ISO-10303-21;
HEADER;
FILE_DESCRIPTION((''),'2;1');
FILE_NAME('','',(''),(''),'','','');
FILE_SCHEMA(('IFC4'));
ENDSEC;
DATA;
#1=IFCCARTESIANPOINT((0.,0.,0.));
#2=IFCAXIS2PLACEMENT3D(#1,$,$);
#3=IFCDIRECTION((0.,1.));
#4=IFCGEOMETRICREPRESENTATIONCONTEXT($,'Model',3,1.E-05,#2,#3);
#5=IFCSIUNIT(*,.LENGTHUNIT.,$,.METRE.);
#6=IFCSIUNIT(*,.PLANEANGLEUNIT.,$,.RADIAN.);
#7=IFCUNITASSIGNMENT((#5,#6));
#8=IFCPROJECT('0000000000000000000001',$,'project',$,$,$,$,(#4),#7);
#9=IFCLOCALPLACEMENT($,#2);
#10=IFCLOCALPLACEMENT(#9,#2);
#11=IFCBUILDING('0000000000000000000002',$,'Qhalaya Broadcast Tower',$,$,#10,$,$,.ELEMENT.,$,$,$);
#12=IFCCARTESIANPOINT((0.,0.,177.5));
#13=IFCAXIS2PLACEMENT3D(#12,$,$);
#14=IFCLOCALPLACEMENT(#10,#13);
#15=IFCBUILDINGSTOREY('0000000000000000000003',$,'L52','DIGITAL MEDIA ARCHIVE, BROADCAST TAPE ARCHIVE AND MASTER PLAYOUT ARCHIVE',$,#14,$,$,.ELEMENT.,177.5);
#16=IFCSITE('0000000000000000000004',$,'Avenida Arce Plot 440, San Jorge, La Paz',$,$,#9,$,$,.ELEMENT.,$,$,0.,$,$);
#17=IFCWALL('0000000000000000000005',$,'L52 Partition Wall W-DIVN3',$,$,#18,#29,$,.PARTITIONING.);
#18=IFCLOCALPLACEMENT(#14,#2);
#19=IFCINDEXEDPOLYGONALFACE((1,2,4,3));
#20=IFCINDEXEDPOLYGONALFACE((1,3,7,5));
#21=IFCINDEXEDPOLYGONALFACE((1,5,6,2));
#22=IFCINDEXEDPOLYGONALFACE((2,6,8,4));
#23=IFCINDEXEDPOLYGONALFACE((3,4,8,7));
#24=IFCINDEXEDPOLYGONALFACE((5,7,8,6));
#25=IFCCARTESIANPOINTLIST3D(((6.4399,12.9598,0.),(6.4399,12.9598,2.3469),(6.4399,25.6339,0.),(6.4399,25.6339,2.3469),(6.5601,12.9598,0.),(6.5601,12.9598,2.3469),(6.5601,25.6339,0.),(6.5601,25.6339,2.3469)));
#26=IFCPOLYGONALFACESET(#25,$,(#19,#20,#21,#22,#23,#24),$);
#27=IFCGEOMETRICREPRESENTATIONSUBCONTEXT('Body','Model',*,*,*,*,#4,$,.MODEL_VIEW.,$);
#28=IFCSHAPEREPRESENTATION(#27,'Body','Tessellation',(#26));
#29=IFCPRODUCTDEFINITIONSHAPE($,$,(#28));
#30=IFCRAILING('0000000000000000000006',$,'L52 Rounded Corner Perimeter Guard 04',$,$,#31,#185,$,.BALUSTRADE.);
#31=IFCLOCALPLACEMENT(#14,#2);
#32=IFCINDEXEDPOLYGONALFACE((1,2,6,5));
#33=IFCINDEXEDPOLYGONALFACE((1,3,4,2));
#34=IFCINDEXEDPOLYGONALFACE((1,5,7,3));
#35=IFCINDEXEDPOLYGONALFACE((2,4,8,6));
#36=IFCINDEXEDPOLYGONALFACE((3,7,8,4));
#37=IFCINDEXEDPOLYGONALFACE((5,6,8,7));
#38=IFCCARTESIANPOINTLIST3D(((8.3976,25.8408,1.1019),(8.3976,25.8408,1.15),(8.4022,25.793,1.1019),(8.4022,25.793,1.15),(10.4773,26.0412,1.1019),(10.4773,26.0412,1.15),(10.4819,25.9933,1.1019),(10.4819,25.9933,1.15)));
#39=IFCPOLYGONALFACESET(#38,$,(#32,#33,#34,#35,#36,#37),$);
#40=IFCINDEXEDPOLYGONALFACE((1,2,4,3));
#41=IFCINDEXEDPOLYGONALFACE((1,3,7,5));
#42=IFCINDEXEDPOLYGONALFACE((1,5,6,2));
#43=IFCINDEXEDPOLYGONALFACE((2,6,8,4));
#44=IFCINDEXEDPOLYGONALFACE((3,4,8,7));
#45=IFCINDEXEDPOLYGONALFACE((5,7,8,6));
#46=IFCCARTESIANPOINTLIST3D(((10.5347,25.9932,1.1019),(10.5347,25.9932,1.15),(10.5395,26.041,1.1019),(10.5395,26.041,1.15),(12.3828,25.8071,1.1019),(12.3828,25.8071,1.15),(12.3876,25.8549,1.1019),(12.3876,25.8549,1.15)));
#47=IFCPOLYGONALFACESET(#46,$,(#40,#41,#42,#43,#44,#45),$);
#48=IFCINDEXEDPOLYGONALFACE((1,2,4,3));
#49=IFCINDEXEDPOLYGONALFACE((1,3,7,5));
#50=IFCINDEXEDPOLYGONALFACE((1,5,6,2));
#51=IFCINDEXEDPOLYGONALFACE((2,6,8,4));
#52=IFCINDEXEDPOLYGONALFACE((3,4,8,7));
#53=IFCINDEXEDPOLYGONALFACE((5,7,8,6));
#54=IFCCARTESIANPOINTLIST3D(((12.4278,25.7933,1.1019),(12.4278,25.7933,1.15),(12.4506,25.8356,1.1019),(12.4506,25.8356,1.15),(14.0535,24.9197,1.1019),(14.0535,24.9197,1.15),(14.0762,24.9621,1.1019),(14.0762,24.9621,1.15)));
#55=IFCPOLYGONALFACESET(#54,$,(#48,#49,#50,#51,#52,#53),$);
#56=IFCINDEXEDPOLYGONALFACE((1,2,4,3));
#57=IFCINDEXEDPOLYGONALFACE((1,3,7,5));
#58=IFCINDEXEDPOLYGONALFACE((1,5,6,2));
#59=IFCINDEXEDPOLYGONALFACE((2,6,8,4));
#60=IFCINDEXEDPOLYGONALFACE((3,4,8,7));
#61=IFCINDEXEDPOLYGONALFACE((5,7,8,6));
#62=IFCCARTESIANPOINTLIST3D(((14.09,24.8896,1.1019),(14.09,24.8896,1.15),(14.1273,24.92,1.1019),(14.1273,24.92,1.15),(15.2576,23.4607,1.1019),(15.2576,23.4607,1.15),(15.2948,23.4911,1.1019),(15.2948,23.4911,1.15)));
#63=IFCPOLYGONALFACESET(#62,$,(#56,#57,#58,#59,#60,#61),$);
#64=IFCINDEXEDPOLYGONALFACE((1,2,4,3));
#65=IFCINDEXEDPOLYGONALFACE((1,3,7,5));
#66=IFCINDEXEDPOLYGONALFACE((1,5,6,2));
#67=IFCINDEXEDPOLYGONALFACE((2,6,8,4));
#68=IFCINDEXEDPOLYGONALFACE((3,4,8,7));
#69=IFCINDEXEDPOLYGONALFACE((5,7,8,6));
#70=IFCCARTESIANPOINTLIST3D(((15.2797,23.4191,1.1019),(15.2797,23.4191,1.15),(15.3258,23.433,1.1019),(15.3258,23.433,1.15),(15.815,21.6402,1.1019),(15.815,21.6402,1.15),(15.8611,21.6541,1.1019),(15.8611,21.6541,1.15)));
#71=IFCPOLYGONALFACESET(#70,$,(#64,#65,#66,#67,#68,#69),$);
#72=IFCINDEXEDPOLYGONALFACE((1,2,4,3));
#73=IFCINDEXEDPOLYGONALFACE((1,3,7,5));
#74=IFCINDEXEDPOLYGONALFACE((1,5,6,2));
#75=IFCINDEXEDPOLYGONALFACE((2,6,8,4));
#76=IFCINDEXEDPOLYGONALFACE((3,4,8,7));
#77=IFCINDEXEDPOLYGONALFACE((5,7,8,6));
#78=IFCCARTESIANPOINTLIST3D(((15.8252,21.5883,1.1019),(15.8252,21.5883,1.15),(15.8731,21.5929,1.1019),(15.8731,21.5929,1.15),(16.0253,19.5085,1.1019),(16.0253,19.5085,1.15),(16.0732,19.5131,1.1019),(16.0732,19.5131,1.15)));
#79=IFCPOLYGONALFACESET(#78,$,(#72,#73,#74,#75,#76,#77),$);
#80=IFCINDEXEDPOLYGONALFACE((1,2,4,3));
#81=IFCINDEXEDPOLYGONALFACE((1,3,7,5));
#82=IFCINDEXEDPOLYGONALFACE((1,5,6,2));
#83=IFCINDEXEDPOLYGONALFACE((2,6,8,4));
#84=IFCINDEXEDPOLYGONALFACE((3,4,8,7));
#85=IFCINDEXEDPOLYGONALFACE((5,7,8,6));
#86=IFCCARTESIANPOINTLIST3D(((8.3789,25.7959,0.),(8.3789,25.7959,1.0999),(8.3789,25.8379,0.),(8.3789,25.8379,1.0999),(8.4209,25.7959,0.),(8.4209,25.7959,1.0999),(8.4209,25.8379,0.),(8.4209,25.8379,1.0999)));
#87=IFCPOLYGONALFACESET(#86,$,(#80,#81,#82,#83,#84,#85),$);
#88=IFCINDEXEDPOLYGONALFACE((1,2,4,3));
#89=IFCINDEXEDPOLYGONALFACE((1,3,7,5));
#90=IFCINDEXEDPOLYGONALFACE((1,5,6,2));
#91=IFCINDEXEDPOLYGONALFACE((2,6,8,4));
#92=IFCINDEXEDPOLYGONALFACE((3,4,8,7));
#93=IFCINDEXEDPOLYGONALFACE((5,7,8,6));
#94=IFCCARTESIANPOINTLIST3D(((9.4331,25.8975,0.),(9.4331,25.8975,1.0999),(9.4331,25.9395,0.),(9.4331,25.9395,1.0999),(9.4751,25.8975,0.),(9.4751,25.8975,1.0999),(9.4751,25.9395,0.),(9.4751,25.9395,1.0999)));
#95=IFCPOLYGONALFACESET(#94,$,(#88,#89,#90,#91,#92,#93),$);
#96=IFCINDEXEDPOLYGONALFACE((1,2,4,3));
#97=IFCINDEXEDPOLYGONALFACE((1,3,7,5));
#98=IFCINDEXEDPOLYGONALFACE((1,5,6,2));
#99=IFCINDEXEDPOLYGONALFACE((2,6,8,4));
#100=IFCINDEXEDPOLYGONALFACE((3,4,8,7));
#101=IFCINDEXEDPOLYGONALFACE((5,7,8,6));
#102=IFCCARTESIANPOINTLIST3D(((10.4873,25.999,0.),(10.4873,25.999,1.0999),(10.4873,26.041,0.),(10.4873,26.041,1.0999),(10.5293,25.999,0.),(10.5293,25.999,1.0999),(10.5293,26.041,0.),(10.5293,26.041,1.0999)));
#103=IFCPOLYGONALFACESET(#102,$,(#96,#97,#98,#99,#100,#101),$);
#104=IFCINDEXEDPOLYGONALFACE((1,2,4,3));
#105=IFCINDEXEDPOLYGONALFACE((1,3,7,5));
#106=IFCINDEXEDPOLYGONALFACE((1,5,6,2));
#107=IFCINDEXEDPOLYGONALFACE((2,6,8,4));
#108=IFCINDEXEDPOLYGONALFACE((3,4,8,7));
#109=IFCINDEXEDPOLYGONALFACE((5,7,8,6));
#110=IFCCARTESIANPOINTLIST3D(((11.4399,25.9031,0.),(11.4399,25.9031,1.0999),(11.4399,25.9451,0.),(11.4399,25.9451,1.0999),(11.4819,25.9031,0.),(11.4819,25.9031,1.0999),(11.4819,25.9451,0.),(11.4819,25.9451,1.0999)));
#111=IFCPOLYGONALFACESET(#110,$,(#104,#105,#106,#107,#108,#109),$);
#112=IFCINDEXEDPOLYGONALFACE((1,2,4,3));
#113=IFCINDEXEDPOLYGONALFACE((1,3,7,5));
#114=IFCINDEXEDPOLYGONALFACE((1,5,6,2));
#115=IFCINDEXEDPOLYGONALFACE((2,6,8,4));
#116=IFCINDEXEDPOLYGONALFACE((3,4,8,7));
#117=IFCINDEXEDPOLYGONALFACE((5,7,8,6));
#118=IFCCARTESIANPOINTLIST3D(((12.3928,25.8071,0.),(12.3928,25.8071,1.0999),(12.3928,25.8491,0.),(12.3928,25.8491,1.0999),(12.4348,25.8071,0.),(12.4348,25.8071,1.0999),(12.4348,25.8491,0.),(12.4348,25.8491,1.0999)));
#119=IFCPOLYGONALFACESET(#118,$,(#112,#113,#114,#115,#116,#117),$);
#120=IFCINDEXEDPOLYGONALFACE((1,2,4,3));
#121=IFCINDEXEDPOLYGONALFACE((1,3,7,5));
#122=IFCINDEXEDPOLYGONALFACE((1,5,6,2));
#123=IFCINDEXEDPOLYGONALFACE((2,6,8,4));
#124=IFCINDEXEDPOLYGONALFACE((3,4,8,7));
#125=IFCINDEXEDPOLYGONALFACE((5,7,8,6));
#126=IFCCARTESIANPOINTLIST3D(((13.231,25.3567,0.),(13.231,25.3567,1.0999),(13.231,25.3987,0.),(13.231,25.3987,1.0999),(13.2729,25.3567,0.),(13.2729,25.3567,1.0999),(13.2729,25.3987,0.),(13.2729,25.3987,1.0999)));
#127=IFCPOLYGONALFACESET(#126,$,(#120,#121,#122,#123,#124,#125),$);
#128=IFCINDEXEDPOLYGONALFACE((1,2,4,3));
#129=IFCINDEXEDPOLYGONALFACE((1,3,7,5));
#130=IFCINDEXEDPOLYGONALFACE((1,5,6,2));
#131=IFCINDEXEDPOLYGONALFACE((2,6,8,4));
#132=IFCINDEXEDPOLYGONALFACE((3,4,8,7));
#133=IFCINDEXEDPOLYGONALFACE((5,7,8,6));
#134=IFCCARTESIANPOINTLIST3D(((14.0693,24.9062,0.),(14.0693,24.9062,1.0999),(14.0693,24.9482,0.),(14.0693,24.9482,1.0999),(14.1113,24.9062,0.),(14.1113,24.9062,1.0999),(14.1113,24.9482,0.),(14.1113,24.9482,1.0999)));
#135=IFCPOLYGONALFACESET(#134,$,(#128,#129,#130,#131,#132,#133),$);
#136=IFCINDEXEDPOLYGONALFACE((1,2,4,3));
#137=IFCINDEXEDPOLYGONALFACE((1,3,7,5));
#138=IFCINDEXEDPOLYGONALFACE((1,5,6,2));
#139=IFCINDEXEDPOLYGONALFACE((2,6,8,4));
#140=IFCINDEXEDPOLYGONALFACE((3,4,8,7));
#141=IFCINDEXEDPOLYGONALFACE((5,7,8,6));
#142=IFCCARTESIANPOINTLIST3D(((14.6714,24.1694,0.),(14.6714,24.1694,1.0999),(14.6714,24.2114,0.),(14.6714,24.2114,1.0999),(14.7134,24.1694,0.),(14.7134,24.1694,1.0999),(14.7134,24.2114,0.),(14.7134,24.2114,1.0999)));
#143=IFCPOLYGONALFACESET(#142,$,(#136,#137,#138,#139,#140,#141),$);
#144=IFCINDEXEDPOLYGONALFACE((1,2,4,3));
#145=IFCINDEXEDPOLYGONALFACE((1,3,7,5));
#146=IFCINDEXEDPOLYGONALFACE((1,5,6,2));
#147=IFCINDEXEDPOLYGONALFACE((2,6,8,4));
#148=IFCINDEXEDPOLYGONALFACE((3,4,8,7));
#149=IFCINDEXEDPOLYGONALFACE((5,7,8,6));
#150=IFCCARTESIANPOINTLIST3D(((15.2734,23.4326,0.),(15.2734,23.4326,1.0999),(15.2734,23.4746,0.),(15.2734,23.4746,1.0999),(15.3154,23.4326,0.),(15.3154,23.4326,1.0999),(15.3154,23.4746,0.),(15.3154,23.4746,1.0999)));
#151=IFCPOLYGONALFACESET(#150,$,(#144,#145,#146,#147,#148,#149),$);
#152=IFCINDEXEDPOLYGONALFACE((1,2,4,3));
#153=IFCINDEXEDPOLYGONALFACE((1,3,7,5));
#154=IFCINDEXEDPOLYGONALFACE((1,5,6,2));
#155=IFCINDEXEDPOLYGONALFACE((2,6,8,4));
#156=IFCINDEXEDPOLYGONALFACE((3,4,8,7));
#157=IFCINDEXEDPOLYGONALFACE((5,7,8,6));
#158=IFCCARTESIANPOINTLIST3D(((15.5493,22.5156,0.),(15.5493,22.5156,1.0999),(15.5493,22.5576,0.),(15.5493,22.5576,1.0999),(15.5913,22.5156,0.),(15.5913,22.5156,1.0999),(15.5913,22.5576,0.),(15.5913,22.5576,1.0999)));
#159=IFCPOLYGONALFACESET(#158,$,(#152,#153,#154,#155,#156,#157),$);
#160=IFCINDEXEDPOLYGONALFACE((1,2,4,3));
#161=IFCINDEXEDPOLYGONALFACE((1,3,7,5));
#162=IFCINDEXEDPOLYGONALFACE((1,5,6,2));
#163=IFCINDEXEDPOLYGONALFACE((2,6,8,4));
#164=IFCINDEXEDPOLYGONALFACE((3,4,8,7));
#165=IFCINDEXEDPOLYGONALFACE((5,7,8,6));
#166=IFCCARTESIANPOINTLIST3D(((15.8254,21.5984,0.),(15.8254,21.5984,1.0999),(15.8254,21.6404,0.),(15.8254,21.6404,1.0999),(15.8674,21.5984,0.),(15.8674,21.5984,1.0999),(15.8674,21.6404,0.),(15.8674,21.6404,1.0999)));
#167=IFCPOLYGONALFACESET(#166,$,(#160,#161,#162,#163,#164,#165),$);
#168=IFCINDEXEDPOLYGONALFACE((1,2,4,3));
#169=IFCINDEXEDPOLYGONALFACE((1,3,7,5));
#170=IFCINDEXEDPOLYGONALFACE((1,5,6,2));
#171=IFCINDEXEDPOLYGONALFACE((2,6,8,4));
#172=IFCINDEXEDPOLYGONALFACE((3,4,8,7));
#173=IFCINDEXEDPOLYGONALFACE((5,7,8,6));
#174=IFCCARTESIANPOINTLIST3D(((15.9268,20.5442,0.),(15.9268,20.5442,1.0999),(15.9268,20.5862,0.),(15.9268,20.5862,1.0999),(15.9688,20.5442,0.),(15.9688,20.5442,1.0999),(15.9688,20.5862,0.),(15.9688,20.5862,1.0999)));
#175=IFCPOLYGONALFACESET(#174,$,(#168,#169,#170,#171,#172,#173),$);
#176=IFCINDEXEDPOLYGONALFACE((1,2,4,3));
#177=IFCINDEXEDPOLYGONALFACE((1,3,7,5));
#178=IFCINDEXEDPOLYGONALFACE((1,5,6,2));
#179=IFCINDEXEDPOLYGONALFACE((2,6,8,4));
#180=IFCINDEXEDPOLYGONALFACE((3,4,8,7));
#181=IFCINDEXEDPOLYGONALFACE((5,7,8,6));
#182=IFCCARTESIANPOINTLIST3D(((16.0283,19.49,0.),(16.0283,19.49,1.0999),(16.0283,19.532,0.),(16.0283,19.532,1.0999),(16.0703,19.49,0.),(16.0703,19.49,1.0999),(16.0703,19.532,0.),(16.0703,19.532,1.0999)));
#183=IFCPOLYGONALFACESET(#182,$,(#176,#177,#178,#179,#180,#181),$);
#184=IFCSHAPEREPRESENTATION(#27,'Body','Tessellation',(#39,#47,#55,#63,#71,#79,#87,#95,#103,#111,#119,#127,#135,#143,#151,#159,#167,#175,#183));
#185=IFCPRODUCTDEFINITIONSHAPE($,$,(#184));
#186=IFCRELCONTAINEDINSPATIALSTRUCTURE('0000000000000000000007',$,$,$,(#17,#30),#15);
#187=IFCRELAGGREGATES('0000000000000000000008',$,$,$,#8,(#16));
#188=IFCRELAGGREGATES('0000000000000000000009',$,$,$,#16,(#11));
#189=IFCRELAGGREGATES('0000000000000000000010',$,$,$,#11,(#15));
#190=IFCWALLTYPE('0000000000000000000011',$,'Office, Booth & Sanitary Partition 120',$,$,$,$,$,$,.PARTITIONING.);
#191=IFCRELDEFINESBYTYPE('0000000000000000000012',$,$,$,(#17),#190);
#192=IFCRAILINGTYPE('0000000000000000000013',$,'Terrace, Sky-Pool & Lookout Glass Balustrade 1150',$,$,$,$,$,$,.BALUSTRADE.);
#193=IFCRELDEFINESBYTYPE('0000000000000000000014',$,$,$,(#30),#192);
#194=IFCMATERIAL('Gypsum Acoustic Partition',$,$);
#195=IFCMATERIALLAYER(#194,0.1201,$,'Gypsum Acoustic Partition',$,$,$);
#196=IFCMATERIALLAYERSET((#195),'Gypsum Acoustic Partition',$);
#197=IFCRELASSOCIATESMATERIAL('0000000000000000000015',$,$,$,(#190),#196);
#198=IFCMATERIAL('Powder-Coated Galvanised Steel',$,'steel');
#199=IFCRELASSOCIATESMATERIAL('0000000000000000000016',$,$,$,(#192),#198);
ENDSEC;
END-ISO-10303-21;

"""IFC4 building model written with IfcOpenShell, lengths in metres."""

from ifc_helpers import new_model, si_unit, direction, frame, frame_2d, origin, origin_2d, place, context, subcontext, project, spatial, rectangle, extrude, material, layer, layer_set, type_object, element, save


model = new_model("IFC4")

# Units and contexts
model_context = context("Model", 3, precision=1e-05, world=origin(), true_north=direction((0.0, 1.0)))
body_context = subcontext(model_context, "Body", "Model", "MODEL_VIEW")
ifc_project = project(units=[si_unit("LENGTHUNIT", "METRE"), si_unit("PLANEANGLEUNIT", "RADIAN")], contexts=[model_context])

# Site, building, storey
site_placement = place(None, origin())
site = spatial("IfcSite", under=ifc_project, at=site_placement, Name="Avenida Arce Plot 440, San Jorge, La Paz", CompositionType="ELEMENT", RefElevation=0.0)
building_placement = place(site_placement, origin())
building = spatial("IfcBuilding", under=site, at=building_placement, Name="Qhalaya Broadcast Tower", CompositionType="ELEMENT")
storey_placement = place(building_placement, frame((0.0, 0.0, 177.5)))
storey = spatial("IfcBuildingStorey", under=building, at=storey_placement, Name="L52", Description="DIGITAL MEDIA ARCHIVE, BROADCAST TAPE ARCHIVE AND MASTER PLAYOUT ARCHIVE", CompositionType="ELEMENT", Elevation=177.5)

# Shared definitions
ifc_material_1 = material(Name="Gypsum Acoustic Partition")

# Wall
ifc_layer_1 = layer(ifc_material_1, 0.1201, Name="Gypsum Acoustic Partition")
ifc_layer_set_1 = layer_set([ifc_layer_1], Name="Gypsum Acoustic Partition")
wall_type_1 = type_object("IfcWallType", Name="Office, Booth & Sanitary Partition 120", PredefinedType="PARTITIONING", material=ifc_layer_set_1)
wall_1_placement = place(storey_placement, frame((6.5, 12.96, 0.0), z_axis=(0.0, 0.0, 1.0), x_axis=(0.0, 1.0, 0.0)))
element("IfcWall", 1, at=wall_1_placement, inside=storey, type_object=wall_type_1, Name="L52 Partition Wall W-DIVN3", PredefinedType="PARTITIONING", context=body_context, shape_type="SweptSolid", body=[
    extrude(rectangle(XDim=12.6741, YDim=0.1201, at=frame_2d((6.3369, 0.0))), origin(), (0.0, 0.0, 1.0), 2.3469),
])

# Railing
ifc_material_2 = material(Name="Powder-Coated Galvanised Steel", Category="steel")
railing_type = type_object("IfcRailingType", Name="Terrace, Sky-Pool & Lookout Glass Balustrade 1150", PredefinedType="BALUSTRADE", material=ifc_material_2)
railing_placement = place(storey_placement, frame((8.3999, 25.8169, 0.0)))
element("IfcRailing", 2, at=railing_placement, inside=storey, type_object=railing_type, Name="L52 Rounded Corner Perimeter Guard 04", PredefinedType="BALUSTRADE", context=body_context, shape_type="SweptSolid", body=[
    extrude(rectangle(XDim=0.0481, YDim=0.0481, at=origin_2d()), frame((0.0, 0.0, 1.126), z_axis=(0.995391, 0.095897, 0.0), x_axis=(-0.095897, 0.995391, 0.0)), (0.0, 0.0, 1.0), 2.0894),
    extrude(rectangle(XDim=0.0481, YDim=0.0481, at=origin_2d()), frame((2.1372, 0.2002, 1.126), z_axis=(0.994968, -0.100198, 0.0), x_axis=(0.100198, 0.994968, 0.0)), (0.0, 0.0, 1.0), 1.8574),
    extrude(rectangle(XDim=0.0481, YDim=0.0481, at=origin_2d()), frame((4.0393, -0.0024, 1.126), z_axis=(0.880879, -0.473342, 0.0), x_axis=(0.473342, 0.880879, 0.0)), (0.0, 0.0, 1.0), 1.8455),
    extrude(rectangle(XDim=0.0481, YDim=0.0481, at=origin_2d()), frame((5.7087, -0.9121, 1.126), z_axis=(0.632735, -0.774369, 0.0), x_axis=(0.774369, 0.632735, 0.0)), (0.0, 0.0, 1.0), 1.8452),
    extrude(rectangle(XDim=0.0481, YDim=0.0481, at=origin_2d()), frame((6.9028, -2.3909, 1.126), z_axis=(0.288178, -0.957577, 0.0), x_axis=(0.957577, 0.288178, 0.0)), (0.0, 0.0, 1.0), 1.8577),
    extrude(rectangle(XDim=0.0481, YDim=0.0481, at=origin_2d()), frame((7.4492, -4.2263, 1.126), z_axis=(0.095783, -0.995402, 0.0), x_axis=(0.995402, 0.095783, 0.0)), (0.0, 0.0, 1.0), 2.0894),
    extrude(rectangle(XDim=0.042, YDim=0.042, at=origin_2d()), origin(), (0.0, 0.0, 1.0), 1.0999),
    extrude(rectangle(XDim=0.042, YDim=0.042, at=origin_2d()), frame((1.0542, 0.1016, 0.0)), (0.0, 0.0, 1.0), 1.0999),
    extrude(rectangle(XDim=0.042, YDim=0.042, at=origin_2d()), frame((2.1084, 0.2031, 0.0)), (0.0, 0.0, 1.0), 1.0999),
    extrude(rectangle(XDim=0.042, YDim=0.042, at=origin_2d()), frame((3.061, 0.1072, 0.0)), (0.0, 0.0, 1.0), 1.0999),
    extrude(rectangle(XDim=0.042, YDim=0.042, at=origin_2d()), frame((4.0139, 0.0112, 0.0)), (0.0, 0.0, 1.0), 1.0999),
    extrude(rectangle(XDim=0.042, YDim=0.042, at=origin_2d()), frame((4.8521, -0.4392, 0.0)), (0.0, 0.0, 1.0), 1.0999),
    extrude(rectangle(XDim=0.042, YDim=0.042, at=origin_2d()), frame((5.6904, -0.8896, 0.0)), (0.0, 0.0, 1.0), 1.0999),
    extrude(rectangle(XDim=0.042, YDim=0.042, at=origin_2d()), frame((6.2925, -1.6265, 0.0)), (0.0, 0.0, 1.0), 1.0999),
    extrude(rectangle(XDim=0.042, YDim=0.042, at=origin_2d()), frame((6.8945, -2.3633, 0.0)), (0.0, 0.0, 1.0), 1.0999),
    extrude(rectangle(XDim=0.042, YDim=0.042, at=origin_2d()), frame((7.1704, -3.2803, 0.0)), (0.0, 0.0, 1.0), 1.0999),
    extrude(rectangle(XDim=0.042, YDim=0.042, at=origin_2d()), frame((7.4465, -4.1975, 0.0)), (0.0, 0.0, 1.0), 1.0999),
    extrude(rectangle(XDim=0.042, YDim=0.042, at=origin_2d()), frame((7.5479, -5.2517, 0.0)), (0.0, 0.0, 1.0), 1.0999),
    extrude(rectangle(XDim=0.042, YDim=0.042, at=origin_2d()), frame((7.6494, -6.3059, 0.0)), (0.0, 0.0, 1.0), 1.0999),
])

save(model, "model.ifc")
